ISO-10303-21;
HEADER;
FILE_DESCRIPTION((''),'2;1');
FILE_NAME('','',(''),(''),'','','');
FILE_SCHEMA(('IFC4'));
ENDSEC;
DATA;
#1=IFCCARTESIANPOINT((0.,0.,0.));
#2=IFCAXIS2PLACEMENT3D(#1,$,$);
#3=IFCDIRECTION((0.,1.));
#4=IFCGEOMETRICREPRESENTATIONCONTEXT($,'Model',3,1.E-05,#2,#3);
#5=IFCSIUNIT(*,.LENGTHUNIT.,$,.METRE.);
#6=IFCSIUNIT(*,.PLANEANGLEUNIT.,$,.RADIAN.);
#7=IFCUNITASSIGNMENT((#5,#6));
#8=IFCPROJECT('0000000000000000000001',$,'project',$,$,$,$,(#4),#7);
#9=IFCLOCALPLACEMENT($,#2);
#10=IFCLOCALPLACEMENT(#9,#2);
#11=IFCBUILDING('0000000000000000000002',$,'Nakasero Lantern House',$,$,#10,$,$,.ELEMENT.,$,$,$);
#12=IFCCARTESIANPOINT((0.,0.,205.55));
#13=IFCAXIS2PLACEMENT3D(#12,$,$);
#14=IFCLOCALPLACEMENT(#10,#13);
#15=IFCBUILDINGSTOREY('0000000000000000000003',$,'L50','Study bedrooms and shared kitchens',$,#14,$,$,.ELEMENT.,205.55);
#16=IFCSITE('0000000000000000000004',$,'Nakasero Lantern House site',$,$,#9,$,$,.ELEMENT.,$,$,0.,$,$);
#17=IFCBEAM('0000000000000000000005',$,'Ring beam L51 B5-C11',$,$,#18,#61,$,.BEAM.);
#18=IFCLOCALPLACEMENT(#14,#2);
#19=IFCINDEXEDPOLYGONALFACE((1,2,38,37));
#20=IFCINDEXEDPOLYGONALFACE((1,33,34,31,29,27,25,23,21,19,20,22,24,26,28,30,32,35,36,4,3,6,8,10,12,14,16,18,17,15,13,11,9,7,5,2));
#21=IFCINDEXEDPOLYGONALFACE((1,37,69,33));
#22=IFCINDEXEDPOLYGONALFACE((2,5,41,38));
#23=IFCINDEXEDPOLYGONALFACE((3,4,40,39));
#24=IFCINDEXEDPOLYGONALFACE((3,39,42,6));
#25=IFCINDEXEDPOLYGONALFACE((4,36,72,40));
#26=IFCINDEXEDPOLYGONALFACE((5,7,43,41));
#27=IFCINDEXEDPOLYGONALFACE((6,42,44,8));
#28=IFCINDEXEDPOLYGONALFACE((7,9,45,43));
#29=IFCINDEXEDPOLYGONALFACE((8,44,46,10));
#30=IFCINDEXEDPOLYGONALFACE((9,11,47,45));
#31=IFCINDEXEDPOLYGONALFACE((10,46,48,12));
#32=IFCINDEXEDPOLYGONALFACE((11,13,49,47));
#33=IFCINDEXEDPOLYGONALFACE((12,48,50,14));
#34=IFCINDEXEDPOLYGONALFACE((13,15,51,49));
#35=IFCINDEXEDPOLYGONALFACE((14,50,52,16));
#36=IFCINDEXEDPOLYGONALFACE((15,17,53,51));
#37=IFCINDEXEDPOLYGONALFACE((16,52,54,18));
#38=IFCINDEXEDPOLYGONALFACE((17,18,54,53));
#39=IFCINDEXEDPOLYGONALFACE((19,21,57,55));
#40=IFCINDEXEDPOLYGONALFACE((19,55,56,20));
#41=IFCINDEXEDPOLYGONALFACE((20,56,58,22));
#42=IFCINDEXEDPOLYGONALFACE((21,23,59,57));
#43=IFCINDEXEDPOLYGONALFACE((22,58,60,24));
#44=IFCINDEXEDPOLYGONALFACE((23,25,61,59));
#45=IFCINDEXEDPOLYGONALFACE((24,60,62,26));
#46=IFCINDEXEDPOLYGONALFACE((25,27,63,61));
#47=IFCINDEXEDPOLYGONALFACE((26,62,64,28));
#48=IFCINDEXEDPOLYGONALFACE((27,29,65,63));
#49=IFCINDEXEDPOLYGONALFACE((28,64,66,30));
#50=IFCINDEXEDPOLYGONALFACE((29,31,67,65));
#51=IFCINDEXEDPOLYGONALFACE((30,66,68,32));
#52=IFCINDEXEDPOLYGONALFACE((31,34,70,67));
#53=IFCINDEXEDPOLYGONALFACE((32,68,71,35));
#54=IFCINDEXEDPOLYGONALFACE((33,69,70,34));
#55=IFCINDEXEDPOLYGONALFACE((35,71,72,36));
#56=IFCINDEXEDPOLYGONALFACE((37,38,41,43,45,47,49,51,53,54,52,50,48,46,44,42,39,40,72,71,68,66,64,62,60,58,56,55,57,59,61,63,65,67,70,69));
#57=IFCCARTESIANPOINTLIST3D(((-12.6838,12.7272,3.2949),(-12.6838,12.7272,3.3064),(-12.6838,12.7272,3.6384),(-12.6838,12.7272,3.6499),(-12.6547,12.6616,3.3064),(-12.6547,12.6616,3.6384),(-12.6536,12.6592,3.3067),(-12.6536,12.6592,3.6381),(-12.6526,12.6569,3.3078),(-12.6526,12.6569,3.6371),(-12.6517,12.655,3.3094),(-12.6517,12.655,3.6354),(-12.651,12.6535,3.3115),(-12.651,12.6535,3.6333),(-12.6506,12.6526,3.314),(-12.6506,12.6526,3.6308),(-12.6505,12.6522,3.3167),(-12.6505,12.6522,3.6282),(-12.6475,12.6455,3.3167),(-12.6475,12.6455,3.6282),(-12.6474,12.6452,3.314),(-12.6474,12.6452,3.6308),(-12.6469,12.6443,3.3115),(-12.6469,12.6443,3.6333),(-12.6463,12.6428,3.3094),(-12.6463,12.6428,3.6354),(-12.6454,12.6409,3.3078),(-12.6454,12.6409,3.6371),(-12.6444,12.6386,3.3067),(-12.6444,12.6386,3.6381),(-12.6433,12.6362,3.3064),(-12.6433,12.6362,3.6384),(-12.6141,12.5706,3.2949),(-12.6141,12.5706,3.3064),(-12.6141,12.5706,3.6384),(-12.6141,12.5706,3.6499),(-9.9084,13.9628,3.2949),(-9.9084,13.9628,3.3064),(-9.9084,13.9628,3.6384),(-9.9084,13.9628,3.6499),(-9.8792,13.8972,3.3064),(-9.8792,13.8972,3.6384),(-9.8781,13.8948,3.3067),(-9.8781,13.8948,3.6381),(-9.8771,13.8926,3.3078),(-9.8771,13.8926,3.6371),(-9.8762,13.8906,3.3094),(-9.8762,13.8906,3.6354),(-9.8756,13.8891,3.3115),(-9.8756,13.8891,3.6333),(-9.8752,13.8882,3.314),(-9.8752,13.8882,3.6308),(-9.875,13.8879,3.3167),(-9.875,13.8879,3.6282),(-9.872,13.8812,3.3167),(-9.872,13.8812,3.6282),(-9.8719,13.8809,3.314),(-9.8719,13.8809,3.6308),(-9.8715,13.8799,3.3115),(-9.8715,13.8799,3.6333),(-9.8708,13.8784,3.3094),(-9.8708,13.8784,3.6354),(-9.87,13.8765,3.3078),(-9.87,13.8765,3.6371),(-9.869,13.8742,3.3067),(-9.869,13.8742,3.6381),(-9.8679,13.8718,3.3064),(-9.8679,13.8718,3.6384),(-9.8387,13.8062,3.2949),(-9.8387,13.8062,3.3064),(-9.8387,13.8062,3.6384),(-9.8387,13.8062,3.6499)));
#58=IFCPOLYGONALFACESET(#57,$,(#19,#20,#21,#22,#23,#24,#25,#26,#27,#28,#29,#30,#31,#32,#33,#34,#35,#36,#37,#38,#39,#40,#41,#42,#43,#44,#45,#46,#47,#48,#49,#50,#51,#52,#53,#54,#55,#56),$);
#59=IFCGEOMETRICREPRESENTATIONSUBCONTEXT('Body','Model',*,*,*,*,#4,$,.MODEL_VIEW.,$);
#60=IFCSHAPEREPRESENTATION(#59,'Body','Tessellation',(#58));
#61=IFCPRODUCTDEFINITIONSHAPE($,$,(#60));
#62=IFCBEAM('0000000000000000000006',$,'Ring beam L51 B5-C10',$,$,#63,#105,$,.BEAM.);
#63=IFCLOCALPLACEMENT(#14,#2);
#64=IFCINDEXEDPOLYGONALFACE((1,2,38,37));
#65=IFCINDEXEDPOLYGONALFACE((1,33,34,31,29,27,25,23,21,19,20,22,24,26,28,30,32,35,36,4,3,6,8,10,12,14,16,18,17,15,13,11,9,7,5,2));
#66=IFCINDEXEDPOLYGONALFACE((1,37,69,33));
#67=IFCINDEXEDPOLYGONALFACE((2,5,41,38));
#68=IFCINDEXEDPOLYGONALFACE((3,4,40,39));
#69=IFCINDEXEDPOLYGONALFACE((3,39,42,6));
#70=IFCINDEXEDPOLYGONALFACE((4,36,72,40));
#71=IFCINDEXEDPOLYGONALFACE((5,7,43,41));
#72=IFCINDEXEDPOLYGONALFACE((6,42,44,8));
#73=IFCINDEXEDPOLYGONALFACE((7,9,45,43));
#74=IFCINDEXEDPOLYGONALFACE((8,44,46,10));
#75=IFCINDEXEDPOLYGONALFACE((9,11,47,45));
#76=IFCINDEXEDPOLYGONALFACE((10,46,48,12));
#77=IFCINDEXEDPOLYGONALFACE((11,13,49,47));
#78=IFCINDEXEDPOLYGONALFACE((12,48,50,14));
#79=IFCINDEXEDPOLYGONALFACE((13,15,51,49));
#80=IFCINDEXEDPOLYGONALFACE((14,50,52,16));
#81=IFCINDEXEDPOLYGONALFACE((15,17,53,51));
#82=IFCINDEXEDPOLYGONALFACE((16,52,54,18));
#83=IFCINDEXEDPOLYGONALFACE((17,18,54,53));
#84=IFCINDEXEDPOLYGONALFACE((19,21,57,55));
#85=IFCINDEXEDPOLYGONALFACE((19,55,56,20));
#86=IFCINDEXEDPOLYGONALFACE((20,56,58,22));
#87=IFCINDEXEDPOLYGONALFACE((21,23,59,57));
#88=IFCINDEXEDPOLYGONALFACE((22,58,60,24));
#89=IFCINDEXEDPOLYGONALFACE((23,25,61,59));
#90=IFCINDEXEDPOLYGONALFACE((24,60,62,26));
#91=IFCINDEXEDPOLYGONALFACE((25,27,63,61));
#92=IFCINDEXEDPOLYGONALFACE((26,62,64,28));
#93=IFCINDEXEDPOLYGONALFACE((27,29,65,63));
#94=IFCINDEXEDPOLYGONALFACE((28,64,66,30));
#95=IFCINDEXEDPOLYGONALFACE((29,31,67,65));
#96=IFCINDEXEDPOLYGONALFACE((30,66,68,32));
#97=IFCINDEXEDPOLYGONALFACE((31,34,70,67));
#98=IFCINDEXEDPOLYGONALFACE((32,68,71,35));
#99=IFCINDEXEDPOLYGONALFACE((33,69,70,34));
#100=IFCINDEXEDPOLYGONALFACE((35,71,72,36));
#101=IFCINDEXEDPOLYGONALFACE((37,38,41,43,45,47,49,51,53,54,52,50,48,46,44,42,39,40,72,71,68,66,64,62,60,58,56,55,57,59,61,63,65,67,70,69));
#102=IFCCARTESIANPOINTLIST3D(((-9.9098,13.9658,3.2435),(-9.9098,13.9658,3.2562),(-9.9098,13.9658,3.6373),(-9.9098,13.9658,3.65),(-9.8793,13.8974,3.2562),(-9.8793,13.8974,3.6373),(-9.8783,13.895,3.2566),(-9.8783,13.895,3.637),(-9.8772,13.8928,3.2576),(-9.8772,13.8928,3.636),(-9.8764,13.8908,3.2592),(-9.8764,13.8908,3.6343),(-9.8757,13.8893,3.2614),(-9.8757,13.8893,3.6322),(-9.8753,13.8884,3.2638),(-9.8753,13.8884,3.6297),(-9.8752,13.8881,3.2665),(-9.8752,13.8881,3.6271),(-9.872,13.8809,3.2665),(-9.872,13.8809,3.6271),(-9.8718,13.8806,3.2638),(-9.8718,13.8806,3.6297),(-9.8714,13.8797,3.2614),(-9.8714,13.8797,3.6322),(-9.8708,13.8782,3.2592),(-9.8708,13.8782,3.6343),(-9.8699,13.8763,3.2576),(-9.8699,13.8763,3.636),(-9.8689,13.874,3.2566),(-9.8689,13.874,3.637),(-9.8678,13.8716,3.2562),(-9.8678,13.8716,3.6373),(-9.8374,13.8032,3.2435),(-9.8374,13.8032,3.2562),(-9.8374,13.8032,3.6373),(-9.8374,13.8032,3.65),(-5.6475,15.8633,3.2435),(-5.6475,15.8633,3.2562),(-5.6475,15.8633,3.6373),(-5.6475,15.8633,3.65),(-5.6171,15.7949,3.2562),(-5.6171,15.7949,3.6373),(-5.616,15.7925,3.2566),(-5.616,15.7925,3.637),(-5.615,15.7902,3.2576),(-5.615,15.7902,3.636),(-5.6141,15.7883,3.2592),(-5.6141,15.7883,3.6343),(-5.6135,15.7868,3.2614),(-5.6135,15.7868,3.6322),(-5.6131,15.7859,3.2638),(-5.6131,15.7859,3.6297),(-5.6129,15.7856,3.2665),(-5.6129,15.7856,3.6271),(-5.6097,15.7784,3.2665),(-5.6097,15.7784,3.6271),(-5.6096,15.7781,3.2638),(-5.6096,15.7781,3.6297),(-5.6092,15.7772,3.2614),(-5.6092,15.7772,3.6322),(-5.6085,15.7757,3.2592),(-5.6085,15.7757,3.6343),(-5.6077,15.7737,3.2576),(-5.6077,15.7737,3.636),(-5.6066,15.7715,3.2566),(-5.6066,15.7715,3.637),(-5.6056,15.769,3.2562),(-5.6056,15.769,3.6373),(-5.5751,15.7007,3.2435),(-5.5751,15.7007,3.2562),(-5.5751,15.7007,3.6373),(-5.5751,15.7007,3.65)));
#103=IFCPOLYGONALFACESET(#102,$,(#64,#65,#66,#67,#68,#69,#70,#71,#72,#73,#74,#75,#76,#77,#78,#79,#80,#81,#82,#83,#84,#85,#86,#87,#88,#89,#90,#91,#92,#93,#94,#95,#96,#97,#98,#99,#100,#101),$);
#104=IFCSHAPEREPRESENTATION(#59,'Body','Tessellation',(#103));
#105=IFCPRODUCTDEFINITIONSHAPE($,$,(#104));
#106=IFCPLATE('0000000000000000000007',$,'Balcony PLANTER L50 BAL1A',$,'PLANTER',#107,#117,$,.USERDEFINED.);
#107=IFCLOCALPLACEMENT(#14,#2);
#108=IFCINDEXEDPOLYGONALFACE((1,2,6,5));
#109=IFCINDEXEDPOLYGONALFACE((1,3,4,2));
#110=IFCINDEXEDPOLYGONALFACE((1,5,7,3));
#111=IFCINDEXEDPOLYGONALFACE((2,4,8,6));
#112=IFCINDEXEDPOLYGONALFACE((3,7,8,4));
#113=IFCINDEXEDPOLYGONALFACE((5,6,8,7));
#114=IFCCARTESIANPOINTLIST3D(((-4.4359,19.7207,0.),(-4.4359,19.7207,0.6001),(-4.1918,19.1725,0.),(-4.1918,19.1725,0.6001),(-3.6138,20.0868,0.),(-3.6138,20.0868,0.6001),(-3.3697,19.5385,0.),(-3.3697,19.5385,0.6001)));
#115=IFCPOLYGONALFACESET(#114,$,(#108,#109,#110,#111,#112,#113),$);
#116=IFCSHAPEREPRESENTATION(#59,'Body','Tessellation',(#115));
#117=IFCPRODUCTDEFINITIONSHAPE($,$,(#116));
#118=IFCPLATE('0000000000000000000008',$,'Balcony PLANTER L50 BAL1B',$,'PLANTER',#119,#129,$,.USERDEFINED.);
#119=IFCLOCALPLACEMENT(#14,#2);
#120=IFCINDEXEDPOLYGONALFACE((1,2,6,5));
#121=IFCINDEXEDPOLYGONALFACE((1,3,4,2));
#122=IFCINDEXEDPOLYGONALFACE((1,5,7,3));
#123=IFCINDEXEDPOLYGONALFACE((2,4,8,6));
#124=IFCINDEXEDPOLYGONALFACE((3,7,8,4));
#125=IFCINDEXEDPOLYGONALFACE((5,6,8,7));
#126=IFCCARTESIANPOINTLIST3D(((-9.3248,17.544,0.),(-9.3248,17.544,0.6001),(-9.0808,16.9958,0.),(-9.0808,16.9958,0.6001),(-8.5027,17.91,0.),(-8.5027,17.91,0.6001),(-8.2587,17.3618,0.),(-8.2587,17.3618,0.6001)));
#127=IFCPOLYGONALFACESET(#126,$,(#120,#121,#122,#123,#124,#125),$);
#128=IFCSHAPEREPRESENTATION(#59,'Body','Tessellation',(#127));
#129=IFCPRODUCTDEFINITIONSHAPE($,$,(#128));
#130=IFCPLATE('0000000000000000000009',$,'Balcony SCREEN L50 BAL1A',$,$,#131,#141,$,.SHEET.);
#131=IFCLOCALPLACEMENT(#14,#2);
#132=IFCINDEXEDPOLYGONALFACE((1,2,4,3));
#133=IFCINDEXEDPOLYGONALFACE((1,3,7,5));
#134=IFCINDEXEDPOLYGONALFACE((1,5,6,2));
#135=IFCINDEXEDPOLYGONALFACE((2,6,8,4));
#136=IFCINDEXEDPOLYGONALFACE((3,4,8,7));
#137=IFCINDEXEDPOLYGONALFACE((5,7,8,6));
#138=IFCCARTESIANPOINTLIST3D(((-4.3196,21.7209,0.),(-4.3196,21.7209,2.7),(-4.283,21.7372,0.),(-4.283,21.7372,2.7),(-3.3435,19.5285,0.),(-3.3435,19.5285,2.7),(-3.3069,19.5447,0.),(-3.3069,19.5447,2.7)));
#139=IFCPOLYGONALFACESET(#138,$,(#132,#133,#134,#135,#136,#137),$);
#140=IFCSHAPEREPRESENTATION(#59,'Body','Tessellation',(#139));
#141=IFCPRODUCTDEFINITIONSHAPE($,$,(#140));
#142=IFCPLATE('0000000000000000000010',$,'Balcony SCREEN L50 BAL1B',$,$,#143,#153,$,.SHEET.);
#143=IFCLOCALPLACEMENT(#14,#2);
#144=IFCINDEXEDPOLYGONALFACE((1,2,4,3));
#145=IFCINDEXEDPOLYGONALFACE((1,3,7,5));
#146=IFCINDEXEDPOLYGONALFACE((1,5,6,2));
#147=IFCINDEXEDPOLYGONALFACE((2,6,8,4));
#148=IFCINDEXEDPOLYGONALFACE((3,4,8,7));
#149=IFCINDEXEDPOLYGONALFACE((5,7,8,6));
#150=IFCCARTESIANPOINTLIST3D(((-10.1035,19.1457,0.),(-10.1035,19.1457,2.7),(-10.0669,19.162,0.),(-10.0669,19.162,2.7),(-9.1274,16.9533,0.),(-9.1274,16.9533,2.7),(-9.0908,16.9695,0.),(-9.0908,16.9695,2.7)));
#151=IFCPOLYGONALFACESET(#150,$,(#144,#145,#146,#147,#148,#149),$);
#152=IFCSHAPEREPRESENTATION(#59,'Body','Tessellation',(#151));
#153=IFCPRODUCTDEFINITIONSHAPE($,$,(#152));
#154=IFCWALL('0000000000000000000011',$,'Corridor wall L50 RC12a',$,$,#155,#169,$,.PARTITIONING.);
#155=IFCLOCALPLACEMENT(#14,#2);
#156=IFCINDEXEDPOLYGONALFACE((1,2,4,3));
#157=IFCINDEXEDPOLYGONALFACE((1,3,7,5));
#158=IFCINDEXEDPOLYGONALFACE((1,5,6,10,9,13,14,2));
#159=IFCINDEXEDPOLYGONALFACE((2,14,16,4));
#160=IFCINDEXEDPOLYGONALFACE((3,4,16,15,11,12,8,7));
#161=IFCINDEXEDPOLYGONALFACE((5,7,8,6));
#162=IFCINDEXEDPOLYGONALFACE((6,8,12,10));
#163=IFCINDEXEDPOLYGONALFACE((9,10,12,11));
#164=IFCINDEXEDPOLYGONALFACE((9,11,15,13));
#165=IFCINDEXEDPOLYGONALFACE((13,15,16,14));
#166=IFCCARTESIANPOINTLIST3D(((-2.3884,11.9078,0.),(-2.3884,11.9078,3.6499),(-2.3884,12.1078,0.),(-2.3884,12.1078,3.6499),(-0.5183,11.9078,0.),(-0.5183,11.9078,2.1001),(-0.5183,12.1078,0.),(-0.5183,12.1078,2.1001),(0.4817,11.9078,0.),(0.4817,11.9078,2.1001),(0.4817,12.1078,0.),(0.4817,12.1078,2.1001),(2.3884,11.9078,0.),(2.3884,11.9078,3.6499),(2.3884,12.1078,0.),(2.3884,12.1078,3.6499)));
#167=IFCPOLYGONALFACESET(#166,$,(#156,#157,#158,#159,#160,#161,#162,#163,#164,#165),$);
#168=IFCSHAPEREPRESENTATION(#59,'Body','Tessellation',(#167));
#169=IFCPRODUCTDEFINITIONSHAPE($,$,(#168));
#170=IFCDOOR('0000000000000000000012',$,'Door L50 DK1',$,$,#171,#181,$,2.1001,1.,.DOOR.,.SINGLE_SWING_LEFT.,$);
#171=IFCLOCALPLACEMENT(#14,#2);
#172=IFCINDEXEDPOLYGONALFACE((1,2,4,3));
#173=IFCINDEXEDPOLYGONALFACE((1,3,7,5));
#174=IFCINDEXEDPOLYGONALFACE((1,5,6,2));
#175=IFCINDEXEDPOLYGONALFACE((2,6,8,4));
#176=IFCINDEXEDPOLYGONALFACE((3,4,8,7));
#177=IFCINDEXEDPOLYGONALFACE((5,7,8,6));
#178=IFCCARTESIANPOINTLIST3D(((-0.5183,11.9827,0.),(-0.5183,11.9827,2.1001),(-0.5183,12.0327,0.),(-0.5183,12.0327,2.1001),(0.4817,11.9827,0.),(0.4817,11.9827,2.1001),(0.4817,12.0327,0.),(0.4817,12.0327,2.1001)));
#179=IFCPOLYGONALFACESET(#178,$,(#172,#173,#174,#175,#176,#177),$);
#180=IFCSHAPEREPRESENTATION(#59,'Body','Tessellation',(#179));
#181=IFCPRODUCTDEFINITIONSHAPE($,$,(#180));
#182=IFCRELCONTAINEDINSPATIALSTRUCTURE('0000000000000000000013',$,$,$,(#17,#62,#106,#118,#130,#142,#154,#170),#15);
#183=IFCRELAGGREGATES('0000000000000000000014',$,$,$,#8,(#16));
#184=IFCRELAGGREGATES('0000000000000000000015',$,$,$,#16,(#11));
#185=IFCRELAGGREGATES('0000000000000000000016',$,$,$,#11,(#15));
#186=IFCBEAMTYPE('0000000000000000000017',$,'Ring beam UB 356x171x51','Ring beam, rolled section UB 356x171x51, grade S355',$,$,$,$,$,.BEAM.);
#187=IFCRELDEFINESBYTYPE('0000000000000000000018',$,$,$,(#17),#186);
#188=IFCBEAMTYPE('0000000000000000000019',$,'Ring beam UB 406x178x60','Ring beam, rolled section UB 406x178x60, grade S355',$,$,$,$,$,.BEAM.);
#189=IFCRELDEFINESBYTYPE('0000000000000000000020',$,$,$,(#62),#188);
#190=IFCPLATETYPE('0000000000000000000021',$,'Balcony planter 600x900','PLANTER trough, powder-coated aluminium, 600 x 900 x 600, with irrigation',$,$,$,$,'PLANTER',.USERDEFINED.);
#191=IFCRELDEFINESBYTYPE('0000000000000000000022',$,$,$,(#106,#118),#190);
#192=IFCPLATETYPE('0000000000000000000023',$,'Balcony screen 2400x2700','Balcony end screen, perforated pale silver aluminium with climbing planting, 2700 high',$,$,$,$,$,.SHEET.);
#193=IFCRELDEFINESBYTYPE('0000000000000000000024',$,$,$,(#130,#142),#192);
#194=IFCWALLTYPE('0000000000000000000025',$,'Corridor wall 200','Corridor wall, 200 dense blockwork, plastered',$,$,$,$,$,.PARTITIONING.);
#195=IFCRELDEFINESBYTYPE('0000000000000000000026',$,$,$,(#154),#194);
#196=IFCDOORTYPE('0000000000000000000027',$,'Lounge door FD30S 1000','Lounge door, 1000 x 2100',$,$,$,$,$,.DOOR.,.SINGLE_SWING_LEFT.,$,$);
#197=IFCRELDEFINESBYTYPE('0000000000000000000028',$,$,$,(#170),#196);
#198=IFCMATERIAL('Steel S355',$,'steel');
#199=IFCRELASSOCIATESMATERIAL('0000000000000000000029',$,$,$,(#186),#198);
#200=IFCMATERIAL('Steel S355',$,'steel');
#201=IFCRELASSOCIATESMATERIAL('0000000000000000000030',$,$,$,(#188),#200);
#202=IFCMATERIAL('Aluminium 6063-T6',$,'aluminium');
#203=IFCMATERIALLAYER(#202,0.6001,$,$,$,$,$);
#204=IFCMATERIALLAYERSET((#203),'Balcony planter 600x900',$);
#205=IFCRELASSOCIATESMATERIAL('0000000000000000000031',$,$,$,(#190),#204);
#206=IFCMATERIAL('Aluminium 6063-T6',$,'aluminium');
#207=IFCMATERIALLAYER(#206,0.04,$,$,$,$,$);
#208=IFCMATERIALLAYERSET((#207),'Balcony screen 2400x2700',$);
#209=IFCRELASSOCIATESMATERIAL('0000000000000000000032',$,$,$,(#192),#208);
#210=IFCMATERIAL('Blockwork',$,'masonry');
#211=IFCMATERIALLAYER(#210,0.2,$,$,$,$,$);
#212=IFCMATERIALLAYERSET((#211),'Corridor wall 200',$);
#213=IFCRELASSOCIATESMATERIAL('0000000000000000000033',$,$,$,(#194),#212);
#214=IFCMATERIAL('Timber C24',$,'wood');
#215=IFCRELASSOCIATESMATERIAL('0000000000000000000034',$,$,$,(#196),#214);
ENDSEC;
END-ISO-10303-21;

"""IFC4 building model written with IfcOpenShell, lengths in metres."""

from ifc_helpers import new_model, si_unit, direction, frame, frame_2d, origin, origin_2d, place, context, subcontext, project, spatial, rectangle, i_section, extrude, material, layer, layer_set, material_profile, profile_set, type_object, element, fill, save


model = new_model("IFC4")

# Units and contexts
model_context = context("Model", 3, precision=1e-05, world=origin(), true_north=direction((0.0, 1.0)))
body_context = subcontext(model_context, "Body", "Model", "MODEL_VIEW")
ifc_project = project(units=[si_unit("LENGTHUNIT", "METRE"), si_unit("PLANEANGLEUNIT", "RADIAN")], contexts=[model_context])

# Site, building, storey
site_placement = place(None, origin())
site = spatial("IfcSite", under=ifc_project, at=site_placement, Name="Nakasero Lantern House site", CompositionType="ELEMENT", RefElevation=0.0)
building_placement = place(site_placement, origin())
building = spatial("IfcBuilding", under=site, at=building_placement, Name="Nakasero Lantern House", CompositionType="ELEMENT")
storey_placement = place(building_placement, frame((0.0, 0.0, 205.55)))
storey = spatial("IfcBuildingStorey", under=building, at=storey_placement, Name="L50", Description="Study bedrooms and shared kitchens", CompositionType="ELEMENT", Elevation=205.55)

# Beams
ifc_material_1 = material(Name="Steel S355", Category="steel")
ifc_material_profile_1 = material_profile(ifc_material_1, i_section(OverallWidth=0.1714, OverallDepth=0.355, WebThickness=0.0073, FlangeThickness=0.0115, FilletRadius=0.0103, at=origin_2d()), Name="UB 356x171x51")
ifc_profile_set_1 = profile_set([ifc_material_profile_1], Name="Steel S355")
beam_type_1 = type_object("IfcBeamType", Name="Ring beam UB 356x171x51", Description="Ring beam, rolled section UB 356x171x51, grade S355", PredefinedType="BEAM", material=ifc_profile_set_1)
beam_1_placement = place(storey_placement, frame((-9.8735, 13.8845, 3.4724), z_axis=(-0.913556, -0.406713, 0.0), x_axis=(0.406713, -0.913556, 0.0)))
element("IfcBeam", 1, at=beam_1_placement, inside=storey, type_object=beam_type_1, Name="Ring beam L51 B5-C11", PredefinedType="BEAM", context=body_context, shape_type="SweptSolid", body=[
    extrude(i_section(OverallWidth=0.1714, OverallDepth=0.355, WebThickness=0.0073, FlangeThickness=0.0115, FilletRadius=0.0103, at=origin_2d()), origin(), (0.0, 0.0, 1.0), 3.0381),
])
ifc_material_2 = material(Name="Steel S355", Category="steel")
ifc_material_profile_2 = material_profile(ifc_material_2, i_section(OverallWidth=0.178, OverallDepth=0.4065, WebThickness=0.0078, FlangeThickness=0.0127, FilletRadius=0.0103, at=origin_2d()), Name="UB 406x178x60")
ifc_profile_set_2 = profile_set([ifc_material_profile_2], Name="Steel S355")
beam_type_2 = type_object("IfcBeamType", Name="Ring beam UB 406x178x60", Description="Ring beam, rolled section UB 406x178x60, grade S355", PredefinedType="BEAM", material=ifc_profile_set_2)
beam_2_placement = place(storey_placement, frame((-5.6113, 15.782, 3.4468), z_axis=(-0.913561, -0.406702, 0.0), x_axis=(0.406702, -0.913561, 0.0)))
element("IfcBeam", 2, at=beam_2_placement, inside=storey, type_object=beam_type_2, Name="Ring beam L51 B5-C10", PredefinedType="BEAM", context=body_context, shape_type="SweptSolid", body=[
    extrude(i_section(OverallWidth=0.178, OverallDepth=0.4065, WebThickness=0.0078, FlangeThickness=0.0127, FilletRadius=0.0103, at=origin_2d()), origin(), (0.0, 0.0, 1.0), 4.6655),
])

# Plates
ifc_material_3 = material(Name="Aluminium 6063-T6", Category="aluminium")
ifc_layer_1 = layer(ifc_material_3, 0.6001)
ifc_layer_set_1 = layer_set([ifc_layer_1], Name="Balcony planter 600x900")
plate_type_1 = type_object("IfcPlateType", Name="Balcony planter 600x900", Description="PLANTER trough, powder-coated aluminium, 600 x 900 x 600, with irrigation", ElementType="PLANTER", PredefinedType="USERDEFINED", material=ifc_layer_set_1)
for number, where, z_axis, x_axis, name in (
    (3, (-3.9028, 19.6296, 0.0), (0.0, 0.0, 1.0), (-0.406737, 0.913545, 0.0), "Balcony PLANTER L50 BAL1A"),
    (4, (-8.7917, 17.4529, 0.0), (0.0, 0.0, 1.0), (-0.406737, 0.913545, 0.0), "Balcony PLANTER L50 BAL1B"),
):
    element("IfcPlate", number, at=place(storey_placement, frame(where, z_axis=z_axis, x_axis=x_axis)), inside=storey, type_object=plate_type_1, Name=name, ObjectType="PLANTER", PredefinedType="USERDEFINED", context=body_context, shape_type="SweptSolid", body=[
        extrude(rectangle(XDim=0.6001, YDim=0.8999, at=origin_2d()), origin(), (0.0, 0.0, 1.0), 0.6001),
    ])
ifc_material_4 = material(Name="Aluminium 6063-T6", Category="aluminium")
ifc_layer_2 = layer(ifc_material_4, 0.04)
ifc_layer_set_2 = layer_set([ifc_layer_2], Name="Balcony screen 2400x2700")
plate_type_2 = type_object("IfcPlateType", Name="Balcony screen 2400x2700", Description="Balcony end screen, perforated pale silver aluminium with climbing planting, 2700 high", PredefinedType="SHEET", material=ifc_layer_set_2)
for number, where, z_axis, x_axis, name in (
    (5, (-3.8132, 20.6328, 0.0), (0.0, 0.0, 1.0), (-0.406737, 0.913545, 0.0), "Balcony SCREEN L50 BAL1A"),
    (6, (-9.5972, 18.0576, 0.0), (0.0, 0.0, 1.0), (-0.406737, 0.913545, 0.0), "Balcony SCREEN L50 BAL1B"),
):
    element("IfcPlate", number, at=place(storey_placement, frame(where, z_axis=z_axis, x_axis=x_axis)), inside=storey, type_object=plate_type_2, Name=name, PredefinedType="SHEET", context=body_context, shape_type="SweptSolid", body=[
        extrude(rectangle(XDim=2.3999, YDim=0.04, at=origin_2d()), origin(), (0.0, 0.0, 1.0), 2.7),
    ])

# Wall, opening, door
ifc_material_5 = material(Name="Blockwork", Category="masonry")
ifc_layer_3 = layer(ifc_material_5, 0.2)
ifc_layer_set_3 = layer_set([ifc_layer_3], Name="Corridor wall 200")
wall_type_1 = type_object("IfcWallType", Name="Corridor wall 200", Description="Corridor wall, 200 dense blockwork, plastered", PredefinedType="PARTITIONING", material=ifc_layer_set_3)
wall_1_placement = place(storey_placement, frame((-2.3884, 12.0078, 0.0), z_axis=(0.0, 0.0, 1.0), x_axis=(1.0, 0.0, 0.0)))
wall_1 = element("IfcWall", 7, at=wall_1_placement, inside=storey, type_object=wall_type_1, Name="Corridor wall L50 RC12a", PredefinedType="PARTITIONING", context=body_context, shape_type="SweptSolid", body=[
    extrude(rectangle(XDim=4.7769, YDim=0.2, at=frame_2d((2.3884, 0.0))), origin(), (0.0, 0.0, 1.0), 3.6499),
])
opening_1_placement = place(wall_1_placement, frame((1.8701, 0.0, 0.0)))
opening_1 = element("IfcOpeningElement", 8, at=opening_1_placement, cuts=wall_1, PredefinedType="OPENING", context=body_context, shape_type="SweptSolid", body=[
    extrude(rectangle(XDim=1.0, YDim=2.1001, at=frame_2d((0.5, 1.05))), frame((0.0, 0.1199, 0.0), z_axis=(0.0, -1.0, 0.0), x_axis=(1.0, 0.0, 0.0)), (0.0, 0.0, 1.0), 0.24),
])
ifc_material_6 = material(Name="Timber C24", Category="wood")
door_type_1 = type_object("IfcDoorType", Name="Lounge door FD30S 1000", Description="Lounge door, 1000 x 2100", OperationType="SINGLE_SWING_LEFT", PredefinedType="DOOR", material=ifc_material_6)
door_1_placement = place(opening_1_placement, origin())
door_1 = element("IfcDoor", 9, at=door_1_placement, inside=storey, type_object=door_type_1, Name="Door L50 DK1", OperationType="SINGLE_SWING_LEFT", OverallHeight=2.1001, OverallWidth=1.0, PredefinedType="DOOR", context=body_context, shape_type="SweptSolid", body=[
    extrude(rectangle(XDim=1.0, YDim=2.1001, at=frame_2d((0.5, 1.05))), frame((0.0, 0.0249, 0.0), z_axis=(0.0, -1.0, 0.0), x_axis=(1.0, 0.0, 0.0)), (0.0, 0.0, 1.0), 0.05),
])
fill(opening_1, door_1)

save(model, "model.ifc")
